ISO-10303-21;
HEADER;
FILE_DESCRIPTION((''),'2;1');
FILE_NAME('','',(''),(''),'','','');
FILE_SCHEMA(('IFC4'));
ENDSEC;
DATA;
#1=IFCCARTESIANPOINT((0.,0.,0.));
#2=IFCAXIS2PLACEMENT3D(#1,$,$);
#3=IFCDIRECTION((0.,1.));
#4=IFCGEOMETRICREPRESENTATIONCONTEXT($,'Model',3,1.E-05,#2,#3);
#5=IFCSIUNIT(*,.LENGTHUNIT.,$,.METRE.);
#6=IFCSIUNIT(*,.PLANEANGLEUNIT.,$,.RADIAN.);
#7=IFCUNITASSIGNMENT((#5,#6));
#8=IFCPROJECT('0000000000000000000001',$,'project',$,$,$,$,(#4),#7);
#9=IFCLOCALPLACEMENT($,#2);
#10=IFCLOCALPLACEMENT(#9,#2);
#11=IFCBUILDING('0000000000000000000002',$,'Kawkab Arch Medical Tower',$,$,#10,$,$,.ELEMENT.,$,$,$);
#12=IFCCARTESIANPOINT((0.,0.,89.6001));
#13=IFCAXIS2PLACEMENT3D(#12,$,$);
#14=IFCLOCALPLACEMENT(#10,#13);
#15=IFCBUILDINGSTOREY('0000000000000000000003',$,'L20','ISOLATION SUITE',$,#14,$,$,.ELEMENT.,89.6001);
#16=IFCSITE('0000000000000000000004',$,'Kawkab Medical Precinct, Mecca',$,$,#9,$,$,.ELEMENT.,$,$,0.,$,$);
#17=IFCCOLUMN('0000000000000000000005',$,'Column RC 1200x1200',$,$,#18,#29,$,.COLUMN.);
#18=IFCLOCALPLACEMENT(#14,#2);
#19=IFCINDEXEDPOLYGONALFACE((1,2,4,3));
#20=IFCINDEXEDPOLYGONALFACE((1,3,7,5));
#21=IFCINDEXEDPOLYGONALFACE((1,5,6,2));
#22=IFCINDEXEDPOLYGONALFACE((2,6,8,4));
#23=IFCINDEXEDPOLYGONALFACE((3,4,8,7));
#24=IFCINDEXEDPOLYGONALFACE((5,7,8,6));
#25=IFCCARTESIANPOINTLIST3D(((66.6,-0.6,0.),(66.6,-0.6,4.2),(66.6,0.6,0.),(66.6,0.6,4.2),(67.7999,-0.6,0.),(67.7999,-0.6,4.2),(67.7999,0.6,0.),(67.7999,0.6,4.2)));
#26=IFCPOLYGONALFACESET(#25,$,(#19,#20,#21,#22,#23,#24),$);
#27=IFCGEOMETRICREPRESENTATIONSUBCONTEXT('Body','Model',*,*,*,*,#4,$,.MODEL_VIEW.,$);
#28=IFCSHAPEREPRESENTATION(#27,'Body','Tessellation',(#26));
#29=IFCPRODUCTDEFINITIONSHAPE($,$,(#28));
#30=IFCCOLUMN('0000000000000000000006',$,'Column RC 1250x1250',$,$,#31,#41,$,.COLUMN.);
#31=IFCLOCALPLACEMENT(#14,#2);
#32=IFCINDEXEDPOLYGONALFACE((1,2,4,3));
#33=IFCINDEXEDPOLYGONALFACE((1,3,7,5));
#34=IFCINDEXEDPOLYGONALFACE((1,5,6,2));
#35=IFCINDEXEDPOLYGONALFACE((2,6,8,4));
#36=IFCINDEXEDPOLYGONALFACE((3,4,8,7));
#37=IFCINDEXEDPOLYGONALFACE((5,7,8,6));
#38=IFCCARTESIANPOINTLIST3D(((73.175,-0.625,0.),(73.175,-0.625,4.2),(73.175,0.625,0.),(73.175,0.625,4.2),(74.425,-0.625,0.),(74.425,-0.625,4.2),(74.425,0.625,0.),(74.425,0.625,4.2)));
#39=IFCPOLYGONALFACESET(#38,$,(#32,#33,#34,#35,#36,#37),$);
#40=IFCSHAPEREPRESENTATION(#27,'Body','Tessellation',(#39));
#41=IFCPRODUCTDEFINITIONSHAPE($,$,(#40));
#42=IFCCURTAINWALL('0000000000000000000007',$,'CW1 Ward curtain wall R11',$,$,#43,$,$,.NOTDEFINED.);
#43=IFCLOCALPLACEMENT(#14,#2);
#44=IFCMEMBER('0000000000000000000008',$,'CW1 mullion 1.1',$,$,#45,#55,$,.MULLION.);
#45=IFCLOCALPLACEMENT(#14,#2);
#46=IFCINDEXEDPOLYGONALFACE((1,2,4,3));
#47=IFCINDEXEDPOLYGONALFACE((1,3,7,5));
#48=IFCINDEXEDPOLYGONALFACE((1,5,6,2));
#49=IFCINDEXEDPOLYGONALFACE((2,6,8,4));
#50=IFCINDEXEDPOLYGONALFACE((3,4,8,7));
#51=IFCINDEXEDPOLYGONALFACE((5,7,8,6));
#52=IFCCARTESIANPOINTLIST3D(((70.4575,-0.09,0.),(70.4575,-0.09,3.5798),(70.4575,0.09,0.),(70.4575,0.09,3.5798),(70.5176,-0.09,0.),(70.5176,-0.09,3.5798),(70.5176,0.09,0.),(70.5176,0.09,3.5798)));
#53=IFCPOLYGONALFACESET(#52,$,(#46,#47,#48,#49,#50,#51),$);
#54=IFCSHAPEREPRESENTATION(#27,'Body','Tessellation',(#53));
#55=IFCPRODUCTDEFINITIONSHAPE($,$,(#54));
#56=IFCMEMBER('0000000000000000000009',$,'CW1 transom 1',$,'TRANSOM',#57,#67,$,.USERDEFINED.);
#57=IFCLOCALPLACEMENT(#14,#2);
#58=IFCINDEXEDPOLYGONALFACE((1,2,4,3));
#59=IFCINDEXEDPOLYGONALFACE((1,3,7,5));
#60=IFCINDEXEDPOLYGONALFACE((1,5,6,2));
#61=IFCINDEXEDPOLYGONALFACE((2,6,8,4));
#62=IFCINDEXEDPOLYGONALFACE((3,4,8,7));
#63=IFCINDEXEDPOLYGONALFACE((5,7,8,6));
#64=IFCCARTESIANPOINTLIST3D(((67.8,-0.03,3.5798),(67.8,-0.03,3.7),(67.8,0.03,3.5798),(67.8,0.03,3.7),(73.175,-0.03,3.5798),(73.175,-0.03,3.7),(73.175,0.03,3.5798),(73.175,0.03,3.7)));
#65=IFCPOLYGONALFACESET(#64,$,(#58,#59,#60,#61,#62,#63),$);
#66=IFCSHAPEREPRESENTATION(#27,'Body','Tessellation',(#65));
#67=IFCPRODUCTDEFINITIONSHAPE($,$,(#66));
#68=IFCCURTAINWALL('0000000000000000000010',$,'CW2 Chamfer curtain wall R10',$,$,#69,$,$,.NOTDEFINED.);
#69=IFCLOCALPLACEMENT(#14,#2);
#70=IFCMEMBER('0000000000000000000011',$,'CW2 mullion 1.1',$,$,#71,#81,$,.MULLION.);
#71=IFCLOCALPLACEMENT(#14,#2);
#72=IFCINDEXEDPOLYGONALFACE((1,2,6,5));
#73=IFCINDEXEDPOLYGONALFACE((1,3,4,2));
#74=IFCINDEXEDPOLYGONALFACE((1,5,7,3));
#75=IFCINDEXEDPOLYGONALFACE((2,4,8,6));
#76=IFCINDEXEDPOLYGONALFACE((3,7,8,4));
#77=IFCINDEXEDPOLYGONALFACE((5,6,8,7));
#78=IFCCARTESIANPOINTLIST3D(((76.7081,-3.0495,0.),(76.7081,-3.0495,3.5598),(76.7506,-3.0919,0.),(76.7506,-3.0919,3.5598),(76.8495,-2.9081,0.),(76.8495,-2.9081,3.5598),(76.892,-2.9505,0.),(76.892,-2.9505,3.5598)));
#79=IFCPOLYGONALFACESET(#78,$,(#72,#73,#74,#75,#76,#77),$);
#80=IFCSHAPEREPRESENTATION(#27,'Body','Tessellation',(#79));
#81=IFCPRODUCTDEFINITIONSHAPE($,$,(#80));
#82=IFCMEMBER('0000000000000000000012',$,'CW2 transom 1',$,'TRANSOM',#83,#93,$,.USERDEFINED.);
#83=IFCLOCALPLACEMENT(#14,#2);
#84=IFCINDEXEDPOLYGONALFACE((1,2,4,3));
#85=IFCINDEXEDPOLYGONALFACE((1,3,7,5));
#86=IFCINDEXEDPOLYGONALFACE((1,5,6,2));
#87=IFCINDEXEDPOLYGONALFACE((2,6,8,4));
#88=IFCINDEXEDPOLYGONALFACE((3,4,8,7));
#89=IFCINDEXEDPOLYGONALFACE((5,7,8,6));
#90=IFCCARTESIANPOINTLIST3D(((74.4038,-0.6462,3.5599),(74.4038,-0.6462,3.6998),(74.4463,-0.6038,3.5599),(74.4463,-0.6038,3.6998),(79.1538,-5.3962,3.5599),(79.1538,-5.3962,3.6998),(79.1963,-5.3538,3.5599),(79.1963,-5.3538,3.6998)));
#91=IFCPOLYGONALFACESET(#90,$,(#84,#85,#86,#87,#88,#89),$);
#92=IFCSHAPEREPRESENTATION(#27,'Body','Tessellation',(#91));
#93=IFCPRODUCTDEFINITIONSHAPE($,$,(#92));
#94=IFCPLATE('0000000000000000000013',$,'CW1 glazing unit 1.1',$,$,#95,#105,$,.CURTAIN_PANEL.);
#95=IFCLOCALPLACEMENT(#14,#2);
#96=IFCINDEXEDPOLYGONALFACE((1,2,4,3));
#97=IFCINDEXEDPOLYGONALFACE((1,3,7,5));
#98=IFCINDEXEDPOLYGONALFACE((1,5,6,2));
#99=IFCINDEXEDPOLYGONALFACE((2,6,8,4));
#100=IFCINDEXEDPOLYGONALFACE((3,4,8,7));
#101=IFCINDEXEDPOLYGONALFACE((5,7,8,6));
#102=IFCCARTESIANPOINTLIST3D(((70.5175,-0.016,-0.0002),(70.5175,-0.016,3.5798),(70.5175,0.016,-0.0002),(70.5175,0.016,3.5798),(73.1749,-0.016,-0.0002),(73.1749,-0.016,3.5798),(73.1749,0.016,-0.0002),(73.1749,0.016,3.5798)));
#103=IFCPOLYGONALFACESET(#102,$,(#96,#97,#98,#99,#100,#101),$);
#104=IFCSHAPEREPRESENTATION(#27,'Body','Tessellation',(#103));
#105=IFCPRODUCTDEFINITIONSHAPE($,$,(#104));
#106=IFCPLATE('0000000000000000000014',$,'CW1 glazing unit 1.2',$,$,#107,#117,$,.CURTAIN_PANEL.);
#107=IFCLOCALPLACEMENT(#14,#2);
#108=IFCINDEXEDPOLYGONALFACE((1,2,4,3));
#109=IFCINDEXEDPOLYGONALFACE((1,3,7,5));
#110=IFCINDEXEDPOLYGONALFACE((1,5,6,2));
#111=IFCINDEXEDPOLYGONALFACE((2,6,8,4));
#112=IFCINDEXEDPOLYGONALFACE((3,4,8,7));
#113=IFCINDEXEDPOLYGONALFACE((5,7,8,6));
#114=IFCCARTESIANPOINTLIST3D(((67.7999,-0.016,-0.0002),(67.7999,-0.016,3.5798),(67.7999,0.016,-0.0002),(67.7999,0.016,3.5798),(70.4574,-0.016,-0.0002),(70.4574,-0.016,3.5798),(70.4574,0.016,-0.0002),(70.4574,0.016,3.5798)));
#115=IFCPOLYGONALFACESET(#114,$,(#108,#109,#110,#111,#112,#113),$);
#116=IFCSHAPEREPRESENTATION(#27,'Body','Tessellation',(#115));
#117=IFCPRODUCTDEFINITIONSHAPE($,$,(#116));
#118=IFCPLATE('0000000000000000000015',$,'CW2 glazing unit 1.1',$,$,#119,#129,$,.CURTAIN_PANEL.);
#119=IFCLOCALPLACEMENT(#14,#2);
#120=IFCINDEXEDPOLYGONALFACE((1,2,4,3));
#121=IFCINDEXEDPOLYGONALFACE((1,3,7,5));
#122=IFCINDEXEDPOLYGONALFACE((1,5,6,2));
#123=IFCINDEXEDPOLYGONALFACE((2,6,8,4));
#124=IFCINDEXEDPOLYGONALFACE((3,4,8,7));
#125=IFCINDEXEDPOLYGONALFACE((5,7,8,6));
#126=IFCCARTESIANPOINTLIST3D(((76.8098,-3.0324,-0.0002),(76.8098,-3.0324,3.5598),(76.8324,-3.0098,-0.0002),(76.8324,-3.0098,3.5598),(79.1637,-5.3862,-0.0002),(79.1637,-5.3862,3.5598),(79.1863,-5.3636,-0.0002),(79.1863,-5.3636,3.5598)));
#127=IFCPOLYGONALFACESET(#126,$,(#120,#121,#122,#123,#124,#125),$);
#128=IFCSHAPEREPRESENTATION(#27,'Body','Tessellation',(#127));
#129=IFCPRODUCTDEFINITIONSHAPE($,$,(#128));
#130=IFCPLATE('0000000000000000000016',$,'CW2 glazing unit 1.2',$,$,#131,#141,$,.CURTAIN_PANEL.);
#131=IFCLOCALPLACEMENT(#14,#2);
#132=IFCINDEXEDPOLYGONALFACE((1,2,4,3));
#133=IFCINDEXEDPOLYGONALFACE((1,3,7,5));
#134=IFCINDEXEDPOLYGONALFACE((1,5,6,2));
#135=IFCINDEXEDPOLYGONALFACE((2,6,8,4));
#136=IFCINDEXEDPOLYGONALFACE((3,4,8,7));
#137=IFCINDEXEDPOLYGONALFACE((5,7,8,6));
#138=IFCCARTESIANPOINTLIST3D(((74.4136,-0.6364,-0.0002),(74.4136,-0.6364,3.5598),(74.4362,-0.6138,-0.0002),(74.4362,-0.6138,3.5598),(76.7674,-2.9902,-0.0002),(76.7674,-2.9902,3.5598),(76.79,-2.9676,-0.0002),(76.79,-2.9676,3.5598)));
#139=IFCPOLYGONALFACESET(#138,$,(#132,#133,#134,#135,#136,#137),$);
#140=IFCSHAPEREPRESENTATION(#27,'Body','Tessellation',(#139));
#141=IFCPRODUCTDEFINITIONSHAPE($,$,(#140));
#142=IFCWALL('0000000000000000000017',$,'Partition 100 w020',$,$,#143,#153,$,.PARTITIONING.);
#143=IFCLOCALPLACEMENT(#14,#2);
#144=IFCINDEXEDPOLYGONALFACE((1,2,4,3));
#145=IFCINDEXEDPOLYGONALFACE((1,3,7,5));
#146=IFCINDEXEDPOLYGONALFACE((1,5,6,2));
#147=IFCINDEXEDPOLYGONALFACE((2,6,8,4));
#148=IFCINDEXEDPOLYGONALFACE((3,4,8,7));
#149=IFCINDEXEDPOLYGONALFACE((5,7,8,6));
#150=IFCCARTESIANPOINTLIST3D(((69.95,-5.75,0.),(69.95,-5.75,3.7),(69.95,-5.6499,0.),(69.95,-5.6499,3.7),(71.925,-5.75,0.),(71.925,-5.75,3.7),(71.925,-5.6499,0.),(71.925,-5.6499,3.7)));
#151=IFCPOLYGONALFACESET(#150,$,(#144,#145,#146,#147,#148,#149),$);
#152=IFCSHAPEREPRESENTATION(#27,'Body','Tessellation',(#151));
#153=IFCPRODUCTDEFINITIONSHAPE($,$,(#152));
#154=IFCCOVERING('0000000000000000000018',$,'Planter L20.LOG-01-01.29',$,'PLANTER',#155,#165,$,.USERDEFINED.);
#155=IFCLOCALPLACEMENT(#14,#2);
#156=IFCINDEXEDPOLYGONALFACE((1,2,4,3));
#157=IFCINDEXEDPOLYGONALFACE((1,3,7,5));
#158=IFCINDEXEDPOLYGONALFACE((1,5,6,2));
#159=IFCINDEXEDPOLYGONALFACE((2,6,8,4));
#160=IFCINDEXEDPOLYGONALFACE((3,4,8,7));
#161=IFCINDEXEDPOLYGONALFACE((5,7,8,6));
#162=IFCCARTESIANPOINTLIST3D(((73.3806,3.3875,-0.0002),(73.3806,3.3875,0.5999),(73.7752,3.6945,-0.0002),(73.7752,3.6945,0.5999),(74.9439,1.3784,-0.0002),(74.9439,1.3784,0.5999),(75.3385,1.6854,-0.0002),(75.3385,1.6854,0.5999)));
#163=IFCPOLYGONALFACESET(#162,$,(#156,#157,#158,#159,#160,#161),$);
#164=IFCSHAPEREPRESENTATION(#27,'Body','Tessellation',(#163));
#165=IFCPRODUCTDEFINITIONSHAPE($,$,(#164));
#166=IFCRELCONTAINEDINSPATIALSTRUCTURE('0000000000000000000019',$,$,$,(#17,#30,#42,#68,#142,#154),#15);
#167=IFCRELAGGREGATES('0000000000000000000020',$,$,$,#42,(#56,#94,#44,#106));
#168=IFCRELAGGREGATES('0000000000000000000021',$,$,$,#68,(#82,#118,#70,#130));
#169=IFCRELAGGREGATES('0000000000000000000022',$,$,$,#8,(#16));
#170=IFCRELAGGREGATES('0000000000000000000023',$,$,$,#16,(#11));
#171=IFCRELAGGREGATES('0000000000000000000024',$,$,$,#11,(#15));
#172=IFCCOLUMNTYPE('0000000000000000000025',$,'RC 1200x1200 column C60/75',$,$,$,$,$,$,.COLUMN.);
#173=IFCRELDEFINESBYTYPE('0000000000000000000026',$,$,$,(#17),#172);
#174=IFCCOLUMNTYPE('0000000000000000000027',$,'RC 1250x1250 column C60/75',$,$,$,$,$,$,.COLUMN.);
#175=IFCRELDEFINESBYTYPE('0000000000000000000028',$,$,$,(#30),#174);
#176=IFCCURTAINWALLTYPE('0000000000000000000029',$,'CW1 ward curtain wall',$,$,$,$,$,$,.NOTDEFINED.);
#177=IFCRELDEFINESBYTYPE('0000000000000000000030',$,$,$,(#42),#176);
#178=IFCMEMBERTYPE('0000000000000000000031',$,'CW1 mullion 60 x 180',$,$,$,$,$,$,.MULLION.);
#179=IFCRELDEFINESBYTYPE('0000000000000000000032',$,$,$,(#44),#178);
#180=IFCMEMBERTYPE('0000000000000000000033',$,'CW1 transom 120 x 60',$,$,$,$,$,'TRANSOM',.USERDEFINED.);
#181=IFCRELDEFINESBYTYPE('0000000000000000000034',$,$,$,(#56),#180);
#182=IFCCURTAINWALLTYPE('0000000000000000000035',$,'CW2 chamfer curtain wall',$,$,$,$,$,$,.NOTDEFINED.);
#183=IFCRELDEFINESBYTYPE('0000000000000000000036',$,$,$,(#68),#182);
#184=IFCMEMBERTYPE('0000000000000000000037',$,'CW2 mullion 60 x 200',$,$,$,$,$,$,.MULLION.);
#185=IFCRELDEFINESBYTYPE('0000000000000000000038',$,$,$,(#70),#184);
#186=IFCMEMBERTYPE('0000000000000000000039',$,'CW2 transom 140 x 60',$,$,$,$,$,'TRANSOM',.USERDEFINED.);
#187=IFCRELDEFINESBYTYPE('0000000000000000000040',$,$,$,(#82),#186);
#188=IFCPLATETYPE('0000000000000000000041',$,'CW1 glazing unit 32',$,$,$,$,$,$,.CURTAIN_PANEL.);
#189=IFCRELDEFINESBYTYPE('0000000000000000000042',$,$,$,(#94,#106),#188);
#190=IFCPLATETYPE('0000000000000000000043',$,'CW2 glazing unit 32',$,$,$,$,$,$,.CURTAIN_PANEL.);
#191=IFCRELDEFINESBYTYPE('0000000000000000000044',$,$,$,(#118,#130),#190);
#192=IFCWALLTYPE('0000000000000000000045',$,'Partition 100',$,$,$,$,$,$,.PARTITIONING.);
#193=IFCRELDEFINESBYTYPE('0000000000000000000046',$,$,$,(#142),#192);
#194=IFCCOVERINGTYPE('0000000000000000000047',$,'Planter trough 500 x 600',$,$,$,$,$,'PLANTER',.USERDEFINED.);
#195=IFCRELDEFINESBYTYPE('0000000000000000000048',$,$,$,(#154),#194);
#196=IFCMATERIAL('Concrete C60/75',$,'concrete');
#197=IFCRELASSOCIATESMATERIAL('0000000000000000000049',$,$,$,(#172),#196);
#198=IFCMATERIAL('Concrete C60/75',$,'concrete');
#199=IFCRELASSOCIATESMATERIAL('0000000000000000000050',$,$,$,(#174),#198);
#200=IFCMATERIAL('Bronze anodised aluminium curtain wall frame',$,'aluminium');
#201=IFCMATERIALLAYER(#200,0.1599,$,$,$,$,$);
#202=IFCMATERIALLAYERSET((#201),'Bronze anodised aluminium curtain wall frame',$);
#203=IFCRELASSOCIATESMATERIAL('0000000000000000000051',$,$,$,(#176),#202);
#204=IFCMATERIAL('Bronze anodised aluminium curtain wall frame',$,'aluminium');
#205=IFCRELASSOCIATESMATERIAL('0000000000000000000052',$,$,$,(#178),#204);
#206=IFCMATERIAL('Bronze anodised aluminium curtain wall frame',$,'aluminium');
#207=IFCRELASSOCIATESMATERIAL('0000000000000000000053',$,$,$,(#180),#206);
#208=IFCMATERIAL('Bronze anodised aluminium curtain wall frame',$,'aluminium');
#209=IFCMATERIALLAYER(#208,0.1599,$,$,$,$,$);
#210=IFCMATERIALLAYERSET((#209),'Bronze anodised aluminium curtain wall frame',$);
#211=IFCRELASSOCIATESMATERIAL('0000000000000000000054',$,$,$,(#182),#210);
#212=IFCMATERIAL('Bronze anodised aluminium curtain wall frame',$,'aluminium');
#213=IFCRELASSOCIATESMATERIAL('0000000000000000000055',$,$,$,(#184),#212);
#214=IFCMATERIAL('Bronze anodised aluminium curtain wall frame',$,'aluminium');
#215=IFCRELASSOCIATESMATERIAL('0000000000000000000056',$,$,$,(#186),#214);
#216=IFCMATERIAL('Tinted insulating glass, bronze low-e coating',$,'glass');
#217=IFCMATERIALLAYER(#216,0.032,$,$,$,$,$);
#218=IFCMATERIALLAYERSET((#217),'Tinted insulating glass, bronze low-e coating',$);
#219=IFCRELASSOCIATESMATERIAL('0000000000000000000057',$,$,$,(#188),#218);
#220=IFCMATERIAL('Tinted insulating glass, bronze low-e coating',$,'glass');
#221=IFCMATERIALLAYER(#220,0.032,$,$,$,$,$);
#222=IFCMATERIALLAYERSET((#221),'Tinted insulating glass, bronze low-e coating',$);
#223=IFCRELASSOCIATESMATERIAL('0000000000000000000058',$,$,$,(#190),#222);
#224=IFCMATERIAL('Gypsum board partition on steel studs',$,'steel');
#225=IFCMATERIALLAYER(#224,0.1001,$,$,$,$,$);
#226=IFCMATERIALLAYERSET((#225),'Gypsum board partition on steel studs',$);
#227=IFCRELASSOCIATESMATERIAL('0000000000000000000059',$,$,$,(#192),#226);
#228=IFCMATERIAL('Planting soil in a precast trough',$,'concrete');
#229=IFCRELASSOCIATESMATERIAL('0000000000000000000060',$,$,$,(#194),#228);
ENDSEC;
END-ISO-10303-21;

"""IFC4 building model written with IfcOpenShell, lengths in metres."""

from ifc_helpers import new_model, si_unit, direction, frame, frame_2d, origin, origin_2d, place, context, subcontext, project, spatial, rectangle, extrude, material, layer, layer_set, material_profile, profile_set, type_object, element, aggregate, save


model = new_model("IFC4")

# Units and contexts
model_context = context("Model", 3, precision=1e-05, world=origin(), true_north=direction((0.0, 1.0)))
body_context = subcontext(model_context, "Body", "Model", "MODEL_VIEW")
ifc_project = project(units=[si_unit("LENGTHUNIT", "METRE"), si_unit("PLANEANGLEUNIT", "RADIAN")], contexts=[model_context])

# Site, building, storey
site_placement = place(None, origin())
site = spatial("IfcSite", under=ifc_project, at=site_placement, Name="Kawkab Medical Precinct, Mecca", CompositionType="ELEMENT", RefElevation=0.0)
building_placement = place(site_placement, origin())
building = spatial("IfcBuilding", under=site, at=building_placement, Name="Kawkab Arch Medical Tower", CompositionType="ELEMENT")
storey_placement = place(building_placement, frame((0.0, 0.0, 89.6001)))
storey = spatial("IfcBuildingStorey", under=building, at=storey_placement, Name="L20", Description="ISOLATION SUITE", CompositionType="ELEMENT", Elevation=89.6001)

# Columns
ifc_material_1 = material(Name="Concrete C60/75", Category="concrete")
ifc_material_profile_1 = material_profile(ifc_material_1, rectangle(XDim=1.2, YDim=1.2, at=origin_2d()), Name="RC 1200x1200")
ifc_profile_set_1 = profile_set([ifc_material_profile_1], Name="Concrete C60/75")
column_type_1 = type_object("IfcColumnType", Name="RC 1200x1200 column C60/75", PredefinedType="COLUMN", material=ifc_profile_set_1)
column_1_placement = place(storey_placement, frame((67.2, 0.0, 0.0), z_axis=(0.0, 0.0, 1.0), x_axis=(1.0, 0.0, 0.0)))
element("IfcColumn", 1, at=column_1_placement, inside=storey, type_object=column_type_1, Name="Column RC 1200x1200", PredefinedType="COLUMN", context=body_context, shape_type="SweptSolid", body=[
    extrude(rectangle(XDim=1.2, YDim=1.2, at=origin_2d()), origin(), (0.0, 0.0, 1.0), 4.2),
])
ifc_material_2 = material(Name="Concrete C60/75", Category="concrete")
ifc_material_profile_2 = material_profile(ifc_material_2, rectangle(XDim=1.25, YDim=1.25, at=origin_2d()), Name="RC 1250x1250")
ifc_profile_set_2 = profile_set([ifc_material_profile_2], Name="Concrete C60/75")
column_type_2 = type_object("IfcColumnType", Name="RC 1250x1250 column C60/75", PredefinedType="COLUMN", material=ifc_profile_set_2)
column_2_placement = place(storey_placement, frame((73.8, 0.0, 0.0), z_axis=(0.0, 0.0, 1.0), x_axis=(1.0, 0.0, 0.0)))
element("IfcColumn", 2, at=column_2_placement, inside=storey, type_object=column_type_2, Name="Column RC 1250x1250", PredefinedType="COLUMN", context=body_context, shape_type="SweptSolid", body=[
    extrude(rectangle(XDim=1.25, YDim=1.25, at=origin_2d()), origin(), (0.0, 0.0, 1.0), 4.2),
])

# Curtain walls, members
ifc_material_3 = material(Name="Bronze anodised aluminium curtain wall frame", Category="aluminium")
ifc_layer_1 = layer(ifc_material_3, 0.1599)
ifc_layer_set_1 = layer_set([ifc_layer_1], Name="Bronze anodised aluminium curtain wall frame")
curtain_wall_type_1 = type_object("IfcCurtainWallType", Name="CW1 ward curtain wall", PredefinedType="NOTDEFINED", material=ifc_layer_set_1)
placement = place(storey_placement, origin())
curtain_wall_1 = element("IfcCurtainWall", 3, at=placement, inside=storey, type_object=curtain_wall_type_1, Name="CW1 Ward curtain wall R11", PredefinedType="NOTDEFINED")
ifc_material_4 = material(Name="Bronze anodised aluminium curtain wall frame", Category="aluminium")
ifc_material_profile_3 = material_profile(ifc_material_4, rectangle(XDim=0.1799, YDim=0.0601, at=origin_2d()), Name="AL 60x180")
ifc_profile_set_3 = profile_set([ifc_material_profile_3], Name="Bronze anodised aluminium curtain wall frame")
member_type_1 = type_object("IfcMemberType", Name="CW1 mullion 60 x 180", PredefinedType="MULLION", material=ifc_profile_set_3)
member_1_placement = place(storey_placement, frame((70.4875, 0.0, 0.0), z_axis=(0.0, 0.0, 1.0), x_axis=(0.0, -1.0, 0.0)))
member_1 = element("IfcMember", 4, at=member_1_placement, type_object=member_type_1, Name="CW1 mullion 1.1", PredefinedType="MULLION", context=body_context, shape_type="SweptSolid", body=[
    extrude(rectangle(XDim=0.1799, YDim=0.0601, at=origin_2d()), origin(), (0.0, 0.0, 1.0), 3.5798),
])
ifc_material_5 = material(Name="Bronze anodised aluminium curtain wall frame", Category="aluminium")
ifc_material_profile_4 = material_profile(ifc_material_5, rectangle(XDim=0.0601, YDim=0.1201, at=origin_2d()), Name="AL 60x120")
ifc_profile_set_4 = profile_set([ifc_material_profile_4], Name="Bronze anodised aluminium curtain wall frame")
member_type_2 = type_object("IfcMemberType", Name="CW1 transom 120 x 60", ElementType="TRANSOM", PredefinedType="USERDEFINED", material=ifc_profile_set_4)
member_2_placement = place(storey_placement, frame((73.175, 0.0, 3.6399), z_axis=(-1.0, 0.0, 0.0), x_axis=(0.0, -1.0, 0.0)))
member_2 = element("IfcMember", 5, at=member_2_placement, type_object=member_type_2, Name="CW1 transom 1", ObjectType="TRANSOM", PredefinedType="USERDEFINED", context=body_context, shape_type="SweptSolid", body=[
    extrude(rectangle(XDim=0.0601, YDim=0.1201, at=origin_2d()), origin(), (0.0, 0.0, 1.0), 5.375),
])
ifc_material_6 = material(Name="Bronze anodised aluminium curtain wall frame", Category="aluminium")
ifc_layer_2 = layer(ifc_material_6, 0.1599)
ifc_layer_set_2 = layer_set([ifc_layer_2], Name="Bronze anodised aluminium curtain wall frame")
curtain_wall_type_2 = type_object("IfcCurtainWallType", Name="CW2 chamfer curtain wall", PredefinedType="NOTDEFINED", material=ifc_layer_set_2)
curtain_wall_2 = element("IfcCurtainWall", 6, at=placement, inside=storey, type_object=curtain_wall_type_2, Name="CW2 Chamfer curtain wall R10", PredefinedType="NOTDEFINED")
ifc_material_7 = material(Name="Bronze anodised aluminium curtain wall frame", Category="aluminium")
ifc_material_profile_5 = material_profile(ifc_material_7, rectangle(XDim=0.2, YDim=0.0601, at=origin_2d()), Name="AL 60x200")
ifc_profile_set_5 = profile_set([ifc_material_profile_5], Name="Bronze anodised aluminium curtain wall frame")
member_type_3 = type_object("IfcMemberType", Name="CW2 mullion 60 x 200", PredefinedType="MULLION", material=ifc_profile_set_5)
member_3_placement = place(storey_placement, frame((76.8, -3.0, 0.0), z_axis=(0.0, 0.0, 1.0), x_axis=(-0.707107, -0.707107, 0.0)))
member_3 = element("IfcMember", 7, at=member_3_placement, type_object=member_type_3, Name="CW2 mullion 1.1", PredefinedType="MULLION", context=body_context, shape_type="SweptSolid", body=[
    extrude(rectangle(XDim=0.2, YDim=0.0601, at=origin_2d()), origin(), (0.0, 0.0, 1.0), 3.5598),
])
ifc_material_8 = material(Name="Bronze anodised aluminium curtain wall frame", Category="aluminium")
ifc_material_profile_6 = material_profile(ifc_material_8, rectangle(XDim=0.0601, YDim=0.1399, at=origin_2d()), Name="AL 60x140")
ifc_profile_set_6 = profile_set([ifc_material_profile_6], Name="Bronze anodised aluminium curtain wall frame")
member_type_4 = type_object("IfcMemberType", Name="CW2 transom 140 x 60", ElementType="TRANSOM", PredefinedType="USERDEFINED", material=ifc_profile_set_6)
member_4_placement = place(storey_placement, frame((79.175, -5.375, 3.6299), z_axis=(-0.707107, 0.707107, 0.0), x_axis=(-0.707107, -0.707107, 0.0)))
member_4 = element("IfcMember", 8, at=member_4_placement, type_object=member_type_4, Name="CW2 transom 1", ObjectType="TRANSOM", PredefinedType="USERDEFINED", context=body_context, shape_type="SweptSolid", body=[
    extrude(rectangle(XDim=0.0601, YDim=0.1399, at=origin_2d()), origin(), (0.0, 0.0, 1.0), 6.7175),
])

# Plates
ifc_material_9 = material(Name="Tinted insulating glass, bronze low-e coating", Category="glass")
ifc_layer_3 = layer(ifc_material_9, 0.032)
ifc_layer_set_3 = layer_set([ifc_layer_3], Name="Tinted insulating glass, bronze low-e coating")
plate_type_1 = type_object("IfcPlateType", Name="CW1 glazing unit 32", PredefinedType="CURTAIN_PANEL", material=ifc_layer_set_3)
plate_1_placement = place(storey_placement, frame((71.8462, 0.0, -0.0002), z_axis=(0.0, 0.0, 1.0), x_axis=(-1.0, 0.0, 0.0)))
plate_1 = element("IfcPlate", 9, at=plate_1_placement, type_object=plate_type_1, Name="CW1 glazing unit 1.1", PredefinedType="CURTAIN_PANEL", context=body_context, shape_type="SweptSolid", body=[
    extrude(rectangle(XDim=2.6575, YDim=0.032, at=origin_2d()), origin(), (0.0, 0.0, 1.0), 3.5801),
])
plate_2_placement = place(storey_placement, frame((69.1287, 0.0, -0.0002), z_axis=(0.0, 0.0, 1.0), x_axis=(-1.0, 0.0, 0.0)))
plate_2 = element("IfcPlate", 10, at=plate_2_placement, type_object=plate_type_1, Name="CW1 glazing unit 1.2", PredefinedType="CURTAIN_PANEL", context=body_context, shape_type="SweptSolid", body=[
    extrude(rectangle(XDim=2.6575, YDim=0.032, at=origin_2d()), origin(), (0.0, 0.0, 1.0), 3.5801),
])
aggregate(curtain_wall_1, [member_2, plate_1, member_1, plate_2])
ifc_material_10 = material(Name="Tinted insulating glass, bronze low-e coating", Category="glass")
ifc_layer_4 = layer(ifc_material_10, 0.032)
ifc_layer_set_4 = layer_set([ifc_layer_4], Name="Tinted insulating glass, bronze low-e coating")
plate_type_2 = type_object("IfcPlateType", Name="CW2 glazing unit 32", PredefinedType="CURTAIN_PANEL", material=ifc_layer_set_4)
plate_3_placement = place(storey_placement, frame((77.998, -4.198, -0.0002), z_axis=(0.0, 0.0, 1.0), x_axis=(-0.707107, 0.707107, 0.0)))
plate_3 = element("IfcPlate", 11, at=plate_3_placement, type_object=plate_type_2, Name="CW2 glazing unit 1.1", PredefinedType="CURTAIN_PANEL", context=body_context, shape_type="SweptSolid", body=[
    extrude(rectangle(XDim=3.3289, YDim=0.032, at=origin_2d()), origin(), (0.0, 0.0, 1.0), 3.5601),
])
plate_4_placement = place(storey_placement, frame((75.6018, -1.802, -0.0002), z_axis=(0.0, 0.0, 1.0), x_axis=(-0.707107, 0.707107, 0.0)))
plate_4 = element("IfcPlate", 12, at=plate_4_placement, type_object=plate_type_2, Name="CW2 glazing unit 1.2", PredefinedType="CURTAIN_PANEL", context=body_context, shape_type="SweptSolid", body=[
    extrude(rectangle(XDim=3.3289, YDim=0.032, at=origin_2d()), origin(), (0.0, 0.0, 1.0), 3.5601),
])
aggregate(curtain_wall_2, [member_4, plate_3, member_3, plate_4])

# Wall
ifc_material_11 = material(Name="Gypsum board partition on steel studs", Category="steel")
ifc_layer_5 = layer(ifc_material_11, 0.1001)
ifc_layer_set_5 = layer_set([ifc_layer_5], Name="Gypsum board partition on steel studs")
wall_type = type_object("IfcWallType", Name="Partition 100", PredefinedType="PARTITIONING", material=ifc_layer_set_5)
wall_placement = place(storey_placement, frame((69.95, -5.7, 0.0), z_axis=(0.0, 0.0, 1.0), x_axis=(1.0, 0.0, 0.0)))
element("IfcWall", 13, at=wall_placement, inside=storey, type_object=wall_type, Name="Partition 100 w020", PredefinedType="PARTITIONING", context=body_context, shape_type="SweptSolid", body=[
    extrude(rectangle(XDim=1.9751, YDim=0.1001, at=frame_2d((0.9875, 0.0))), origin(), (0.0, 0.0, 1.0), 3.7),
])

# Covering
ifc_material_12 = material(Name="Planting soil in a precast trough", Category="concrete")
ifc_material_profile_7 = material_profile(ifc_material_12, rectangle(XDim=0.5, YDim=0.6001, at=origin_2d()), Name="Trough 500x600")
ifc_profile_set_7 = profile_set([ifc_material_profile_7], Name="Planting soil in a precast trough")
covering_type = type_object("IfcCoveringType", Name="Planter trough 500 x 600", ElementType="PLANTER", PredefinedType="USERDEFINED", material=ifc_profile_set_7)
covering_1_placement = place(storey_placement, frame((73.5779, 3.541, 0.2998), z_axis=(0.6141, -0.789228, 0.0), x_axis=(0.789228, 0.6141, 0.0)))
element("IfcCovering", 14, at=covering_1_placement, inside=storey, type_object=covering_type, Name="Planter L20.LOG-01-01.29", ObjectType="PLANTER", PredefinedType="USERDEFINED", context=body_context, shape_type="SweptSolid", body=[
    extrude(rectangle(XDim=0.5, YDim=0.6001, at=origin_2d()), origin(), (0.0, 0.0, 1.0), 2.5457),
])

save(model, "model.ifc")
